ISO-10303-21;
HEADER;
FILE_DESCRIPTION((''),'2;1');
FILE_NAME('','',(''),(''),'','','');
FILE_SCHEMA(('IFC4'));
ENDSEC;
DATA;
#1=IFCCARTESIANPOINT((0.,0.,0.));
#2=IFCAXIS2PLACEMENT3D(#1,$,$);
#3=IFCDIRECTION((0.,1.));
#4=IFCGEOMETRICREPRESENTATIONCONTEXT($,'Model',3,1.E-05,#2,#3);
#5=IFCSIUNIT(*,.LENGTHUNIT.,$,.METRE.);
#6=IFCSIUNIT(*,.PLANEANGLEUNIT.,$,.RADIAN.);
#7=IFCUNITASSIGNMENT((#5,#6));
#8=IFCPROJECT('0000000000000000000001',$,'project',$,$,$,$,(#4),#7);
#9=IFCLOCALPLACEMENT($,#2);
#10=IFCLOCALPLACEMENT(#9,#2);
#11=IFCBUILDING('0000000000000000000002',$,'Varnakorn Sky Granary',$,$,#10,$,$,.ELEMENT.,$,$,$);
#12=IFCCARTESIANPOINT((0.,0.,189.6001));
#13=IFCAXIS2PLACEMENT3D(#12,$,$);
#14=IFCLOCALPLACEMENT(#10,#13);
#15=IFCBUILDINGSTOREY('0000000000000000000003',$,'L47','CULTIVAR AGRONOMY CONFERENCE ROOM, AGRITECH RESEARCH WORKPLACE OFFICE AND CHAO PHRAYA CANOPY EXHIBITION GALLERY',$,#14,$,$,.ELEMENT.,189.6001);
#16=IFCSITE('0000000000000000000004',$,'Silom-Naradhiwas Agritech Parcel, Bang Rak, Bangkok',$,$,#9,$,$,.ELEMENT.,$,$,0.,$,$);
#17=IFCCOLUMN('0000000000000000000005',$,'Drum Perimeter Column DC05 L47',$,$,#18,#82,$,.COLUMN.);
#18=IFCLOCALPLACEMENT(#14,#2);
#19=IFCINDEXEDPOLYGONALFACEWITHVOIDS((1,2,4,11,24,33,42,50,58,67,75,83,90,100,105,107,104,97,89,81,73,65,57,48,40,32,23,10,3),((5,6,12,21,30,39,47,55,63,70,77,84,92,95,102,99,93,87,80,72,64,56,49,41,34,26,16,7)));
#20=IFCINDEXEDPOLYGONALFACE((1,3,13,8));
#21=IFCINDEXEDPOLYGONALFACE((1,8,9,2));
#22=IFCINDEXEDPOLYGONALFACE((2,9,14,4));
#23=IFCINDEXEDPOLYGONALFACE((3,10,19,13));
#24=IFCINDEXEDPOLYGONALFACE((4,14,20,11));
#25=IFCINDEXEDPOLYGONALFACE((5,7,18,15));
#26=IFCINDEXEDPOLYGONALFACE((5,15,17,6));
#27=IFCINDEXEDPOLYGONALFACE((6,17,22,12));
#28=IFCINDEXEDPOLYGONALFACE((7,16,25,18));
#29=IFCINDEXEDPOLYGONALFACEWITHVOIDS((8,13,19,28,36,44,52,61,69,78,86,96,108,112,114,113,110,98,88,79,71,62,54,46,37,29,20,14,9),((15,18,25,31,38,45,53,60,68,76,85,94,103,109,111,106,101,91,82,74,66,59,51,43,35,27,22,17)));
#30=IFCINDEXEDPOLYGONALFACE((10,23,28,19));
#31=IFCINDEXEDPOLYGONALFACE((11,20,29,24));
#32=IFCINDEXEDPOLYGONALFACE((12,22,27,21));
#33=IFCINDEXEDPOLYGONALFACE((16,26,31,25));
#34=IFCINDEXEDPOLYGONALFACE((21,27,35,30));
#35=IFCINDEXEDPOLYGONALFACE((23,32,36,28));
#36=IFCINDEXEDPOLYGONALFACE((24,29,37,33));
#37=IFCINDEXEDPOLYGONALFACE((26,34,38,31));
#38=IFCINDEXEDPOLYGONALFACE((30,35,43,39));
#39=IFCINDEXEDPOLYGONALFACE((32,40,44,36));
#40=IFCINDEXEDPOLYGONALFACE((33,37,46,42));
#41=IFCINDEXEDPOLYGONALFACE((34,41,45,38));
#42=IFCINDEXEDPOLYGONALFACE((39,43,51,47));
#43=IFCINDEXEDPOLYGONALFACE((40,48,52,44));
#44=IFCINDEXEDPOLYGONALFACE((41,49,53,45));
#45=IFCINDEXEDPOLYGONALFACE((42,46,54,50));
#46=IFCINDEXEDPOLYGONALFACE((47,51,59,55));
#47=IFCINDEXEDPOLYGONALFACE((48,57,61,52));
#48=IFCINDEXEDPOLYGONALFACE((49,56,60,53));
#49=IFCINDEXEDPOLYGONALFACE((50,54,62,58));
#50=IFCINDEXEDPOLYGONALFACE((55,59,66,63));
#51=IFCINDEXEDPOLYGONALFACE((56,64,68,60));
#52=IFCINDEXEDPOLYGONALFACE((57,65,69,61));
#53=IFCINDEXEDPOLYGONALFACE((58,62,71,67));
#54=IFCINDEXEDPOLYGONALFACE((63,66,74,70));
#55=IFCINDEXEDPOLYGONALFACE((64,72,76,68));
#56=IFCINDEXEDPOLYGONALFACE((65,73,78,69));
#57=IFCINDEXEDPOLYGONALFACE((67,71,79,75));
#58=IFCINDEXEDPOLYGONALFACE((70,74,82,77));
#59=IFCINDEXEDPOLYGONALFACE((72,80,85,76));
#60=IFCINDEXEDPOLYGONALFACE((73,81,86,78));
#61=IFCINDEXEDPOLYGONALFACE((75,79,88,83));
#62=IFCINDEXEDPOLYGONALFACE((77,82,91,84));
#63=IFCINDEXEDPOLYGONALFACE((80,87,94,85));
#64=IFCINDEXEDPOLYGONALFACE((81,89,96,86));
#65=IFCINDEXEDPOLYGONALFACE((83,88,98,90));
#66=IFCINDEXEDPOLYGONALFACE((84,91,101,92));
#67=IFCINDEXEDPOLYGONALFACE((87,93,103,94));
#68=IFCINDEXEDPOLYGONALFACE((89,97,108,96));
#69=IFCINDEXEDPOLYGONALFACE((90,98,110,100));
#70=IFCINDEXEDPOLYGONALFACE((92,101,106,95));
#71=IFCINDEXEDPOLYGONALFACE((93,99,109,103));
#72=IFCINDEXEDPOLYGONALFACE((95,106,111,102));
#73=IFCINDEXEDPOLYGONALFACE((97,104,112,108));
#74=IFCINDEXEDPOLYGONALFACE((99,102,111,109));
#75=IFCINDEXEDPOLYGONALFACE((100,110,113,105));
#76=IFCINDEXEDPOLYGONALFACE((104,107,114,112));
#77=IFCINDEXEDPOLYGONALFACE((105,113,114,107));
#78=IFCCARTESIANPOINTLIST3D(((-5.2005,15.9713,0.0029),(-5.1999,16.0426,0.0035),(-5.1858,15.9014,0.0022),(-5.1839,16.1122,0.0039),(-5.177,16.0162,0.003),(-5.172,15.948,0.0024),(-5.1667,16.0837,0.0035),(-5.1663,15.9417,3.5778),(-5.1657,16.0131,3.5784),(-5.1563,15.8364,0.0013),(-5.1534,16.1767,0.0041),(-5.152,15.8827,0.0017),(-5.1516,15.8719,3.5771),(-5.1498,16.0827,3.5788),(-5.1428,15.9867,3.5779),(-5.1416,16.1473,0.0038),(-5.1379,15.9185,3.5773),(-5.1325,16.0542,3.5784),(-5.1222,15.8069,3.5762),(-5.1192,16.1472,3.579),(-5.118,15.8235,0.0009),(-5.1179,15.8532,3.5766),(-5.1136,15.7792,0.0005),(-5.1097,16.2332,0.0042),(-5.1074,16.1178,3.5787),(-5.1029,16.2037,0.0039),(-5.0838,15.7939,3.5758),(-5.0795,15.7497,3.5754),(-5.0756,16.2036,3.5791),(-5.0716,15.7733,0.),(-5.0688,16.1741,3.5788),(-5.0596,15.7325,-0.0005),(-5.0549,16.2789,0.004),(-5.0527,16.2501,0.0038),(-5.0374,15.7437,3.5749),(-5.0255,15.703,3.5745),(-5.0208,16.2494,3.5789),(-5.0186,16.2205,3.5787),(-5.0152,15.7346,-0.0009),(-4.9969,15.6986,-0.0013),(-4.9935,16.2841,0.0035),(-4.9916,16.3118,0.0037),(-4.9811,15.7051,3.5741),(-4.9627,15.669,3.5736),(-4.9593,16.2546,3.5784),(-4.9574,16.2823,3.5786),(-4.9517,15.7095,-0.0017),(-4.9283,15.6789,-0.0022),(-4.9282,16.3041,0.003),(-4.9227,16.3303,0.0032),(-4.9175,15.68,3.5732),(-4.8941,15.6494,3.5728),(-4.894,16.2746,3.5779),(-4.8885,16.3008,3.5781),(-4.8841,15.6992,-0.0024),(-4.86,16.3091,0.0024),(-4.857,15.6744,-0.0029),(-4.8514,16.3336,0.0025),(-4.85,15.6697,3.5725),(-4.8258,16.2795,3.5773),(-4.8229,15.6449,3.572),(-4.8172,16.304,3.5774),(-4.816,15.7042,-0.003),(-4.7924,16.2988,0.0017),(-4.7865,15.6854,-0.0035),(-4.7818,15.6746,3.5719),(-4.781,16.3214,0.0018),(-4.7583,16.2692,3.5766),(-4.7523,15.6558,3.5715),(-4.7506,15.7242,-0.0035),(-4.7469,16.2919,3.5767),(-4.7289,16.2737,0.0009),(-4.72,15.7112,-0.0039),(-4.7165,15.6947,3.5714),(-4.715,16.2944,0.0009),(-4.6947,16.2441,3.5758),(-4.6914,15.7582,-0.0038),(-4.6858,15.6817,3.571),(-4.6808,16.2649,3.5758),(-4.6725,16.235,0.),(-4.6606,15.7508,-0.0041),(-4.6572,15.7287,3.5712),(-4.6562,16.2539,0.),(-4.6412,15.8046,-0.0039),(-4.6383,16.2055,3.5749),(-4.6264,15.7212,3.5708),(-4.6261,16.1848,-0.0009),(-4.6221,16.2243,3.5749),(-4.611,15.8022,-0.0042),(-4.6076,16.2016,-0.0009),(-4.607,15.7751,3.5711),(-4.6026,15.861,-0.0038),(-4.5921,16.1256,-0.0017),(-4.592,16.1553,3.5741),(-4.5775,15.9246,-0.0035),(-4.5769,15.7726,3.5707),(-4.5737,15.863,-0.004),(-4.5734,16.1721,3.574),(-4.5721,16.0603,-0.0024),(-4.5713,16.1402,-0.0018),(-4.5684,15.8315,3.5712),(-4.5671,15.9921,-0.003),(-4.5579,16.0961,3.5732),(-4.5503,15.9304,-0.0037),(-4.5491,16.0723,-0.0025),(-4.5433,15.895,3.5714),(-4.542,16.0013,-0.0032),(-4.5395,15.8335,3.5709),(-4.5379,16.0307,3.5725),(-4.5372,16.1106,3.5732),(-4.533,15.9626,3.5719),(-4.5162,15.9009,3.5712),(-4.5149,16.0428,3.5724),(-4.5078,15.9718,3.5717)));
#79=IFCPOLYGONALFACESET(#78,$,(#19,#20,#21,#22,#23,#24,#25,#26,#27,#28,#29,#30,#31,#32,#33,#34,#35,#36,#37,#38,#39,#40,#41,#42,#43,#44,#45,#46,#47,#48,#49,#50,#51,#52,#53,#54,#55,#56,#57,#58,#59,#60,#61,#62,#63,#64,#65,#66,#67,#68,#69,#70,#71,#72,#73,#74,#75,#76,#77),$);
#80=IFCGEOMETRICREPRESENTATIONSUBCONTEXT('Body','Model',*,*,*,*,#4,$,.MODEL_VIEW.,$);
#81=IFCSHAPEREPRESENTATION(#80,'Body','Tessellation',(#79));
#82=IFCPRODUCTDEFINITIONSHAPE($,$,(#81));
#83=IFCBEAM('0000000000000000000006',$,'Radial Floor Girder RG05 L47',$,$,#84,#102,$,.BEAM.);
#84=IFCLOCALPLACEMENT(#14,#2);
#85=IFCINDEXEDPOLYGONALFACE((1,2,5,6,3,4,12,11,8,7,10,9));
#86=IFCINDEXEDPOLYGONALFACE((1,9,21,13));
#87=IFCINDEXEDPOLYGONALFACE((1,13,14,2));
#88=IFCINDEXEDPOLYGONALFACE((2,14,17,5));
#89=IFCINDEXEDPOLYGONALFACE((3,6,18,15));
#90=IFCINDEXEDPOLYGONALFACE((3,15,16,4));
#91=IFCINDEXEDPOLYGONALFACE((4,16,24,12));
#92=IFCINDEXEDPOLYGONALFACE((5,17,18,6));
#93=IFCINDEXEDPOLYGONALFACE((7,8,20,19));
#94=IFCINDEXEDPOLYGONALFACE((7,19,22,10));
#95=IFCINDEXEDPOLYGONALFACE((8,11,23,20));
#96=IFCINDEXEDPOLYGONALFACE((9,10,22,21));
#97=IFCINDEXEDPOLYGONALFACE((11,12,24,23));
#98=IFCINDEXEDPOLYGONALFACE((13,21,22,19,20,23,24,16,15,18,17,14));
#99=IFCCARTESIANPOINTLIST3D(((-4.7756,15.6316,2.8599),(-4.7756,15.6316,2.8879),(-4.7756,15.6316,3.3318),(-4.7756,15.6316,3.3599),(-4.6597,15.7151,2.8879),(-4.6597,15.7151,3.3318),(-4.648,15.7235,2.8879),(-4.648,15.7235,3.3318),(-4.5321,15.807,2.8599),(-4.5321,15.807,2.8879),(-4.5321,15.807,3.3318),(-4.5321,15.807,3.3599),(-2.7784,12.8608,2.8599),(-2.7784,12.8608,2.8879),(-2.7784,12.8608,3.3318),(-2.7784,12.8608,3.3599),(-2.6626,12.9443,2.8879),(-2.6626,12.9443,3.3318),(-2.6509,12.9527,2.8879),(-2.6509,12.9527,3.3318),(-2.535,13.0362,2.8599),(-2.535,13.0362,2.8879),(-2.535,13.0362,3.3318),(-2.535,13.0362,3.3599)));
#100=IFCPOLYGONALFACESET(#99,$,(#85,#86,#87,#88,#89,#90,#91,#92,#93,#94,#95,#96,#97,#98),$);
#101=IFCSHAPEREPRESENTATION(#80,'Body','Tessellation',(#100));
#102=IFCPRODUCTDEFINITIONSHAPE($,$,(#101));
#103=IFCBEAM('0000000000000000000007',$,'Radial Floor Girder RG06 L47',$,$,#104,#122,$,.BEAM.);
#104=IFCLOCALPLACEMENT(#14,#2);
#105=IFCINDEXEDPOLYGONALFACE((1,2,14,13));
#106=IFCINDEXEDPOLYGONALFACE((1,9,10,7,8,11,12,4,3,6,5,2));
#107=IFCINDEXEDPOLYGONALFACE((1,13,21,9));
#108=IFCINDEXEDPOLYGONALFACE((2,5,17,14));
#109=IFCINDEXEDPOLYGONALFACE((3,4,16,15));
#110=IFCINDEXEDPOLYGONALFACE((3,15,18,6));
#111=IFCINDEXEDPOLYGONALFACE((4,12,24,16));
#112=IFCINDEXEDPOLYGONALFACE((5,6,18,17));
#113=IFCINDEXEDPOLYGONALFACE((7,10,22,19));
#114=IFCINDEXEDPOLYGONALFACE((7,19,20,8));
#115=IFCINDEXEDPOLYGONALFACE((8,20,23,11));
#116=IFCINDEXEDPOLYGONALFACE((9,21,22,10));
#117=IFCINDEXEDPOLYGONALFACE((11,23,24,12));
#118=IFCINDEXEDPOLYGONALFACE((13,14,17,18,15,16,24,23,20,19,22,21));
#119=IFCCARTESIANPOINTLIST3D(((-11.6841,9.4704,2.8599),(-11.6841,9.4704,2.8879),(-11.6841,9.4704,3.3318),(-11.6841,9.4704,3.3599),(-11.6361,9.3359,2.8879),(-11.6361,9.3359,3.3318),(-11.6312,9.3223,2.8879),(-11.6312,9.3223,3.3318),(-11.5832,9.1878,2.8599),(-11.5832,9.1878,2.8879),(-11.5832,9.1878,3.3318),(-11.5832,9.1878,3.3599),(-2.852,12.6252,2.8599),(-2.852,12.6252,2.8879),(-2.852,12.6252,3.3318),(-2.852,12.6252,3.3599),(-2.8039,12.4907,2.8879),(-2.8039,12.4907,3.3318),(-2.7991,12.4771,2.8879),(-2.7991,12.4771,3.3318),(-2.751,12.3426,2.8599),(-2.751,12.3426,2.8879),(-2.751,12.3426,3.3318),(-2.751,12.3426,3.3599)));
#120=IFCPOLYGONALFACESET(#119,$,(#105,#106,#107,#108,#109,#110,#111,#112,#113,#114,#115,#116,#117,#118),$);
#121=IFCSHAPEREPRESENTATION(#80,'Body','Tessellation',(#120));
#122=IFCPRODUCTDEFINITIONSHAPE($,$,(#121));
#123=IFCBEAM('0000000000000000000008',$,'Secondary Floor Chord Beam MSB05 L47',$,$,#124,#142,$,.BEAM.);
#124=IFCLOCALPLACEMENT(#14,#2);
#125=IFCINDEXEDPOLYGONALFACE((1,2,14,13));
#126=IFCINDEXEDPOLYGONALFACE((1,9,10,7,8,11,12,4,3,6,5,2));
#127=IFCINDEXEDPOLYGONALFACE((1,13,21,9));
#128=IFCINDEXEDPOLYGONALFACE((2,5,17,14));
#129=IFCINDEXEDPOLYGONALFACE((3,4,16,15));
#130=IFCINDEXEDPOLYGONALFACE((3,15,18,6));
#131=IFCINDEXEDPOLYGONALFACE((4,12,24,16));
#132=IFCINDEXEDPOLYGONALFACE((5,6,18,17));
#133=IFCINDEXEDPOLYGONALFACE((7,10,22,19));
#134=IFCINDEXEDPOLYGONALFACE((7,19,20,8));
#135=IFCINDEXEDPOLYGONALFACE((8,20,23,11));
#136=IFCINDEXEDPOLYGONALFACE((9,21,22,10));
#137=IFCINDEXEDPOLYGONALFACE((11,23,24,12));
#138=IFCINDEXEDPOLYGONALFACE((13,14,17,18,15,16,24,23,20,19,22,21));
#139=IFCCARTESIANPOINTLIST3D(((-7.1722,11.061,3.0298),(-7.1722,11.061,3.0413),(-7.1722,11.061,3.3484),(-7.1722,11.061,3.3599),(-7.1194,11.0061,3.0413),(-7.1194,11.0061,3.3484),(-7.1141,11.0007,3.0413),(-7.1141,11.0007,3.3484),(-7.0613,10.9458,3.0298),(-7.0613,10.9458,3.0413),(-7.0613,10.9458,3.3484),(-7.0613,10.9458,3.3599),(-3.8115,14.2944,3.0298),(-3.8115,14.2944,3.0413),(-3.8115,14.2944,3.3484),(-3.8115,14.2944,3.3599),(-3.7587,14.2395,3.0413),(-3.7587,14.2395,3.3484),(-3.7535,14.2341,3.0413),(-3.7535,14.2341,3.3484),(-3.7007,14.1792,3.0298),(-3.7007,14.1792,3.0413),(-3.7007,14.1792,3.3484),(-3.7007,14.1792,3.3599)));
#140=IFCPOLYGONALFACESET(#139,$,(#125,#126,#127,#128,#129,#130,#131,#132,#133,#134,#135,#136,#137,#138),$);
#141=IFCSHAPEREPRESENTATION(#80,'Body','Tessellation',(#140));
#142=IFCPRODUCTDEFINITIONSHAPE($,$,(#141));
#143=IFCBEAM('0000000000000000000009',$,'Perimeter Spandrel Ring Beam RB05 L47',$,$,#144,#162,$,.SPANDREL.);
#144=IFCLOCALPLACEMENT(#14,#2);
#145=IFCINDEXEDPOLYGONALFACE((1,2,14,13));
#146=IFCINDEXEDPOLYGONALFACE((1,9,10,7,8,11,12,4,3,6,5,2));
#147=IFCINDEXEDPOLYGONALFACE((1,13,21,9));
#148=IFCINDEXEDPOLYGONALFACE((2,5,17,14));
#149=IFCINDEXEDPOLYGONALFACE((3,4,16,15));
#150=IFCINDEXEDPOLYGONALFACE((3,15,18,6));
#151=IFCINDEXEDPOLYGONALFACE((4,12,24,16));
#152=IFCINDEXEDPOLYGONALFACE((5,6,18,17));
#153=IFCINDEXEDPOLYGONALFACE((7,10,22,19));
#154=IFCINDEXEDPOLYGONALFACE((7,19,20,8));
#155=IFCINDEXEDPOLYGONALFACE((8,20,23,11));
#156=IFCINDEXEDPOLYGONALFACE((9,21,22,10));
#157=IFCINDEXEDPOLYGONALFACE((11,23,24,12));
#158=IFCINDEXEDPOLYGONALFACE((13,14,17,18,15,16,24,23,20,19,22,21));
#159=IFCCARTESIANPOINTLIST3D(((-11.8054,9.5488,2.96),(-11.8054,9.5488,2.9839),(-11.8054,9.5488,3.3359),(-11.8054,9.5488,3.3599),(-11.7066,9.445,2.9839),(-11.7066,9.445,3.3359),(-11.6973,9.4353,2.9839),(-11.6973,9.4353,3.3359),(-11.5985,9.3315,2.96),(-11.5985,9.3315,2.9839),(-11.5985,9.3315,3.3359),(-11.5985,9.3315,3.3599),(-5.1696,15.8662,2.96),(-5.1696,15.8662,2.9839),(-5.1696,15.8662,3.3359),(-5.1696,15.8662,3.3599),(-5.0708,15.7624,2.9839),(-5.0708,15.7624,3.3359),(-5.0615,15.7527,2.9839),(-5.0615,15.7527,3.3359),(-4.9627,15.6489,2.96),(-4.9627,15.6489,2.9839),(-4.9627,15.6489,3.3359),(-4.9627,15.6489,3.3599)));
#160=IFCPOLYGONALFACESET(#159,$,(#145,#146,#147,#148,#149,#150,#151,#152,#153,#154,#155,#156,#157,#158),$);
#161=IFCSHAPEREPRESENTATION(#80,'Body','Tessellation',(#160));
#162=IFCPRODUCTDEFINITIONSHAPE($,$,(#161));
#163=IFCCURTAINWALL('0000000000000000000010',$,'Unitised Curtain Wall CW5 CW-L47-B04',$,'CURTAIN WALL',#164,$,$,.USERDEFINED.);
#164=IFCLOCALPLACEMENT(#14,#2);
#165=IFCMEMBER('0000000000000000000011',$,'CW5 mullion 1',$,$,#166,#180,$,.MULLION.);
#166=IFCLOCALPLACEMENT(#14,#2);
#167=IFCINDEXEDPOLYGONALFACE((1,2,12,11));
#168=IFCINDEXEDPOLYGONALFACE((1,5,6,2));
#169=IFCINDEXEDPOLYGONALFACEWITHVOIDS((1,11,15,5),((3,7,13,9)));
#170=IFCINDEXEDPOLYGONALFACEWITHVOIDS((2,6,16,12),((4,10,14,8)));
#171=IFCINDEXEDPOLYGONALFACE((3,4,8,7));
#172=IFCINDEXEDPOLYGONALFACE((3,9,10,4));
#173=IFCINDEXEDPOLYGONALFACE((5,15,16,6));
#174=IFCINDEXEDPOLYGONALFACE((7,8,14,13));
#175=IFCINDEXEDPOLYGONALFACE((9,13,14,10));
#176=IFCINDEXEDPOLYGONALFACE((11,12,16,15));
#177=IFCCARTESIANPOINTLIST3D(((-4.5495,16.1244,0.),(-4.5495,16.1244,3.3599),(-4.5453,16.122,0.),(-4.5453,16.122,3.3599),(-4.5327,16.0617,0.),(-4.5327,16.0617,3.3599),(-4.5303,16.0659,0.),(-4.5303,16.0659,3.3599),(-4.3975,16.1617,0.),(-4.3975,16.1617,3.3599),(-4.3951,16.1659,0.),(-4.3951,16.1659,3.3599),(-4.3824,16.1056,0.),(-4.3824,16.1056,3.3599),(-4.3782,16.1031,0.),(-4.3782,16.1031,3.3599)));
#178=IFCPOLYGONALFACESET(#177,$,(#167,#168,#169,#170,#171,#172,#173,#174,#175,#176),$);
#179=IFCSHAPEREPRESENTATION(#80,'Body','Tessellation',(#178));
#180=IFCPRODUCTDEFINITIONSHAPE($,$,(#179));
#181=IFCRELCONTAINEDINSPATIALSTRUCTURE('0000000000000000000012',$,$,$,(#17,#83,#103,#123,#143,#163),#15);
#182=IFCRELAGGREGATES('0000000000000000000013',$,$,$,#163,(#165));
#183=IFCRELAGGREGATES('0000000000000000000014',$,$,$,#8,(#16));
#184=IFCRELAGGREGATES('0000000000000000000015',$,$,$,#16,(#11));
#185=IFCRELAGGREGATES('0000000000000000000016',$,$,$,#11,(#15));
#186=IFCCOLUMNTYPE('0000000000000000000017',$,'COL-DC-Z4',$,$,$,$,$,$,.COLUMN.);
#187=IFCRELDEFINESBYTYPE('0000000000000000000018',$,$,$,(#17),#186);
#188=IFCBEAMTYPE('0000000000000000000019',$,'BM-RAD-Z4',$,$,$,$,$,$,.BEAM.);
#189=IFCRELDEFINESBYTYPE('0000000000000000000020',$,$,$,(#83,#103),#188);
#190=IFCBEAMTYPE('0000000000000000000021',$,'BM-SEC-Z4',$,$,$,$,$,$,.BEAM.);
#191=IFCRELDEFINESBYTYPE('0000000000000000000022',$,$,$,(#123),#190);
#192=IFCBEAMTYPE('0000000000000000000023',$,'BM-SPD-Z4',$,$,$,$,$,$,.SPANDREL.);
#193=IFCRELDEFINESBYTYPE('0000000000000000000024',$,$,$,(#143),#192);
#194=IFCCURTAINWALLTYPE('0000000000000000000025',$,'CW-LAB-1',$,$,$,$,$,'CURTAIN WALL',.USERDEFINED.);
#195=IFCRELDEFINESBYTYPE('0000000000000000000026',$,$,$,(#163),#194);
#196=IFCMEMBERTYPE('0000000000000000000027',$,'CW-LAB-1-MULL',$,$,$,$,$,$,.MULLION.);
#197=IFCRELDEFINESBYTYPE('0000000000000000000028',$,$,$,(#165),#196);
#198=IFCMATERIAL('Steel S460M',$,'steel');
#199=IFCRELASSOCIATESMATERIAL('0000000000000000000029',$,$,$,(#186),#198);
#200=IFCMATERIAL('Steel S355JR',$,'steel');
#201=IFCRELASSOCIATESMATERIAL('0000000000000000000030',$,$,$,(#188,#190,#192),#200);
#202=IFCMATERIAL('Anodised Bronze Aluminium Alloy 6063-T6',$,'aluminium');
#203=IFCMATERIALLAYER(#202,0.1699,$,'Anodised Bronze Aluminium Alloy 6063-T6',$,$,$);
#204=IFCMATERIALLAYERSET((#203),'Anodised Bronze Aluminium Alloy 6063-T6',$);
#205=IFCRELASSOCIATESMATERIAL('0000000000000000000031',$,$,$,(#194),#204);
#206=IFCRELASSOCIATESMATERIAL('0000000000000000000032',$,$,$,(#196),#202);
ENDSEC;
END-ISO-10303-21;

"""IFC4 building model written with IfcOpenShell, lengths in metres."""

from ifc_helpers import new_model, si_unit, direction, frame, origin, origin_2d, place, context, subcontext, project, spatial, hollow_rectangle, hollow_circle, i_section, extrude, material, layer, layer_set, material_profile, profile_set, type_object, element, aggregate, save


model = new_model("IFC4")

# Units and contexts
model_context = context("Model", 3, precision=1e-05, world=origin(), true_north=direction((0.0, 1.0)))
body_context = subcontext(model_context, "Body", "Model", "MODEL_VIEW")
ifc_project = project(units=[si_unit("LENGTHUNIT", "METRE"), si_unit("PLANEANGLEUNIT", "RADIAN")], contexts=[model_context])

# Site, building, storey
site_placement = place(None, origin())
site = spatial("IfcSite", under=ifc_project, at=site_placement, Name="Silom-Naradhiwas Agritech Parcel, Bang Rak, Bangkok", CompositionType="ELEMENT", RefElevation=0.0)
building_placement = place(site_placement, origin())
building = spatial("IfcBuilding", under=site, at=building_placement, Name="Varnakorn Sky Granary", CompositionType="ELEMENT")
storey_placement = place(building_placement, frame((0.0, 0.0, 189.6001)))
storey = spatial("IfcBuildingStorey", under=building, at=storey_placement, Name="L47", Description="CULTIVAR AGRONOMY CONFERENCE ROOM, AGRITECH RESEARCH WORKPLACE OFFICE AND CHAO PHRAYA CANOPY EXHIBITION GALLERY", CompositionType="ELEMENT", Elevation=189.6001)

# Column
ifc_material_1 = material(Name="Steel S460M", Category="steel")
ifc_material_profile_1 = material_profile(ifc_material_1, hollow_circle(Radius=0.3301, WallThickness=0.0249, at=origin_2d()), Name="CHS 660x25")
ifc_profile_set_1 = profile_set([ifc_material_profile_1], Name="Steel S460M")
column_type = type_object("IfcColumnType", Name="COL-DC-Z4", PredefinedType="COLUMN", material=ifc_profile_set_1)
column_placement = place(storey_placement, frame((-4.8721, 16.0042, 0.0), z_axis=(0.00956, -0.008263, 0.99992), x_axis=(0.653901, 0.75658, 0.0)))
element("IfcColumn", 1, at=column_placement, inside=storey, type_object=column_type, Name="Drum Perimeter Column DC05 L47", PredefinedType="COLUMN", context=body_context, shape_type="SweptSolid", body=[
    extrude(hollow_circle(Radius=0.3301, WallThickness=0.0249, at=origin_2d()), origin(), (0.0, 0.0, 1.0), 3.5752),
])

# Beams
ifc_material_2 = material(Name="Steel S355JR", Category="steel")
ifc_material_profile_2 = material_profile(ifc_material_2, i_section(OverallWidth=0.3, OverallDepth=0.5, WebThickness=0.0144, FlangeThickness=0.0281, at=origin_2d()), Name="HE 500 B")
ifc_profile_set_2 = profile_set([ifc_material_profile_2], Name="Steel S355JR")
beam_type_1 = type_object("IfcBeamType", Name="BM-RAD-Z4", PredefinedType="BEAM", material=ifc_profile_set_2)
beam_1_placement = place(storey_placement, frame((-2.6567, 12.9485, 3.1099), z_axis=(-0.584715, 0.811239, 0.0), x_axis=(-0.811239, -0.584715, 0.0)))
element("IfcBeam", 2, at=beam_1_placement, inside=storey, type_object=beam_type_1, Name="Radial Floor Girder RG05 L47", PredefinedType="BEAM", context=body_context, shape_type="SweptSolid", body=[
    extrude(i_section(OverallWidth=0.3, OverallDepth=0.5, WebThickness=0.0144, FlangeThickness=0.0281, at=origin_2d()), origin(), (0.0, 0.0, 1.0), 3.4155),
])
beam_2_placement = place(storey_placement, frame((-2.8015, 12.4839, 3.1099), z_axis=(-0.941725, -0.336383, 0.0), x_axis=(0.336383, -0.941725, 0.0)))
element("IfcBeam", 3, at=beam_2_placement, inside=storey, type_object=beam_type_1, Name="Radial Floor Girder RG06 L47", PredefinedType="BEAM", context=body_context, shape_type="SweptSolid", body=[
    extrude(i_section(OverallWidth=0.3, OverallDepth=0.5, WebThickness=0.0144, FlangeThickness=0.0281, at=origin_2d()), origin(), (0.0, 0.0, 1.0), 9.3787),
])
ifc_material_profile_3 = material_profile(ifc_material_2, i_section(OverallWidth=0.1599, OverallDepth=0.3301, WebThickness=0.0076, FlangeThickness=0.0115, at=origin_2d()), Name="IPE 330")
ifc_profile_set_3 = profile_set([ifc_material_profile_3], Name="Steel S355JR")
beam_type_2 = type_object("IfcBeamType", Name="BM-SEC-Z4", PredefinedType="BEAM", material=ifc_profile_set_3)
beam_3_placement = place(storey_placement, frame((-3.7561, 14.2368, 3.1948), z_axis=(-0.720613, -0.693338, 0.0), x_axis=(0.693338, -0.720613, 0.0)))
element("IfcBeam", 4, at=beam_3_placement, inside=storey, type_object=beam_type_2, Name="Secondary Floor Chord Beam MSB05 L47", PredefinedType="BEAM", context=body_context, shape_type="SweptSolid", body=[
    extrude(i_section(OverallWidth=0.1599, OverallDepth=0.3301, WebThickness=0.0076, FlangeThickness=0.0115, at=origin_2d()), origin(), (0.0, 0.0, 1.0), 4.6636),
])
ifc_material_profile_4 = material_profile(ifc_material_2, i_section(OverallWidth=0.3, OverallDepth=0.3999, WebThickness=0.0134, FlangeThickness=0.0239, at=origin_2d()), Name="HE 400 B")
ifc_profile_set_4 = profile_set([ifc_material_profile_4], Name="Steel S355JR")
beam_type_3 = type_object("IfcBeamType", Name="BM-SPD-Z4", PredefinedType="SPANDREL", material=ifc_profile_set_4)
beam_4_placement = place(storey_placement, frame((-5.0662, 15.7576, 3.1599), z_axis=(-0.724267, -0.689519, 0.0), x_axis=(0.689519, -0.724267, 0.0)))
element("IfcBeam", 5, at=beam_4_placement, inside=storey, type_object=beam_type_3, Name="Perimeter Spandrel Ring Beam RB05 L47", PredefinedType="SPANDREL", context=body_context, shape_type="SweptSolid", body=[
    extrude(i_section(OverallWidth=0.3, OverallDepth=0.3999, WebThickness=0.0134, FlangeThickness=0.0239, at=origin_2d()), origin(), (0.0, 0.0, 1.0), 9.1621),
])

# Curtain wall, member
ifc_material_3 = material(Name="Anodised Bronze Aluminium Alloy 6063-T6", Category="aluminium")
ifc_layer_1 = layer(ifc_material_3, 0.1699, Name="Anodised Bronze Aluminium Alloy 6063-T6")
ifc_layer_set_1 = layer_set([ifc_layer_1], Name="Anodised Bronze Aluminium Alloy 6063-T6")
curtain_wall_type = type_object("IfcCurtainWallType", Name="CW-LAB-1", ElementType="CURTAIN WALL", PredefinedType="USERDEFINED", material=ifc_layer_set_1)
curtain_wall_1_placement = place(storey_placement, origin())
curtain_wall_1 = element("IfcCurtainWall", 6, at=curtain_wall_1_placement, inside=storey, type_object=curtain_wall_type, Name="Unitised Curtain Wall CW5 CW-L47-B04", ObjectType="CURTAIN WALL", PredefinedType="USERDEFINED")
ifc_material_profile_5 = material_profile(ifc_material_3, hollow_rectangle(XDim=0.0649, YDim=0.1599, WallThickness=0.0034, at=origin_2d()), Name="ALU MULL 65x160")
ifc_profile_set_5 = profile_set([ifc_material_profile_5], Name="Anodised Bronze Aluminium Alloy 6063-T6")
member_type_1 = type_object("IfcMemberType", Name="CW-LAB-1-MULL", PredefinedType="MULLION", material=ifc_profile_set_5)
member_1_placement = place(storey_placement, frame((-4.4639, 16.1138, 0.0), z_axis=(0.0, 0.0, 1.0), x_axis=(-0.259359, 0.965781, 0.0)))
member_1 = element("IfcMember", 7, at=member_1_placement, type_object=member_type_1, Name="CW5 mullion 1", PredefinedType="MULLION", context=body_context, shape_type="SweptSolid", body=[
    extrude(hollow_rectangle(XDim=0.0649, YDim=0.1599, WallThickness=0.0034, at=origin_2d()), origin(), (0.0, 0.0, 1.0), 3.3599),
])

aggregate(curtain_wall_1, [member_1])

save(model, "model.ifc")
